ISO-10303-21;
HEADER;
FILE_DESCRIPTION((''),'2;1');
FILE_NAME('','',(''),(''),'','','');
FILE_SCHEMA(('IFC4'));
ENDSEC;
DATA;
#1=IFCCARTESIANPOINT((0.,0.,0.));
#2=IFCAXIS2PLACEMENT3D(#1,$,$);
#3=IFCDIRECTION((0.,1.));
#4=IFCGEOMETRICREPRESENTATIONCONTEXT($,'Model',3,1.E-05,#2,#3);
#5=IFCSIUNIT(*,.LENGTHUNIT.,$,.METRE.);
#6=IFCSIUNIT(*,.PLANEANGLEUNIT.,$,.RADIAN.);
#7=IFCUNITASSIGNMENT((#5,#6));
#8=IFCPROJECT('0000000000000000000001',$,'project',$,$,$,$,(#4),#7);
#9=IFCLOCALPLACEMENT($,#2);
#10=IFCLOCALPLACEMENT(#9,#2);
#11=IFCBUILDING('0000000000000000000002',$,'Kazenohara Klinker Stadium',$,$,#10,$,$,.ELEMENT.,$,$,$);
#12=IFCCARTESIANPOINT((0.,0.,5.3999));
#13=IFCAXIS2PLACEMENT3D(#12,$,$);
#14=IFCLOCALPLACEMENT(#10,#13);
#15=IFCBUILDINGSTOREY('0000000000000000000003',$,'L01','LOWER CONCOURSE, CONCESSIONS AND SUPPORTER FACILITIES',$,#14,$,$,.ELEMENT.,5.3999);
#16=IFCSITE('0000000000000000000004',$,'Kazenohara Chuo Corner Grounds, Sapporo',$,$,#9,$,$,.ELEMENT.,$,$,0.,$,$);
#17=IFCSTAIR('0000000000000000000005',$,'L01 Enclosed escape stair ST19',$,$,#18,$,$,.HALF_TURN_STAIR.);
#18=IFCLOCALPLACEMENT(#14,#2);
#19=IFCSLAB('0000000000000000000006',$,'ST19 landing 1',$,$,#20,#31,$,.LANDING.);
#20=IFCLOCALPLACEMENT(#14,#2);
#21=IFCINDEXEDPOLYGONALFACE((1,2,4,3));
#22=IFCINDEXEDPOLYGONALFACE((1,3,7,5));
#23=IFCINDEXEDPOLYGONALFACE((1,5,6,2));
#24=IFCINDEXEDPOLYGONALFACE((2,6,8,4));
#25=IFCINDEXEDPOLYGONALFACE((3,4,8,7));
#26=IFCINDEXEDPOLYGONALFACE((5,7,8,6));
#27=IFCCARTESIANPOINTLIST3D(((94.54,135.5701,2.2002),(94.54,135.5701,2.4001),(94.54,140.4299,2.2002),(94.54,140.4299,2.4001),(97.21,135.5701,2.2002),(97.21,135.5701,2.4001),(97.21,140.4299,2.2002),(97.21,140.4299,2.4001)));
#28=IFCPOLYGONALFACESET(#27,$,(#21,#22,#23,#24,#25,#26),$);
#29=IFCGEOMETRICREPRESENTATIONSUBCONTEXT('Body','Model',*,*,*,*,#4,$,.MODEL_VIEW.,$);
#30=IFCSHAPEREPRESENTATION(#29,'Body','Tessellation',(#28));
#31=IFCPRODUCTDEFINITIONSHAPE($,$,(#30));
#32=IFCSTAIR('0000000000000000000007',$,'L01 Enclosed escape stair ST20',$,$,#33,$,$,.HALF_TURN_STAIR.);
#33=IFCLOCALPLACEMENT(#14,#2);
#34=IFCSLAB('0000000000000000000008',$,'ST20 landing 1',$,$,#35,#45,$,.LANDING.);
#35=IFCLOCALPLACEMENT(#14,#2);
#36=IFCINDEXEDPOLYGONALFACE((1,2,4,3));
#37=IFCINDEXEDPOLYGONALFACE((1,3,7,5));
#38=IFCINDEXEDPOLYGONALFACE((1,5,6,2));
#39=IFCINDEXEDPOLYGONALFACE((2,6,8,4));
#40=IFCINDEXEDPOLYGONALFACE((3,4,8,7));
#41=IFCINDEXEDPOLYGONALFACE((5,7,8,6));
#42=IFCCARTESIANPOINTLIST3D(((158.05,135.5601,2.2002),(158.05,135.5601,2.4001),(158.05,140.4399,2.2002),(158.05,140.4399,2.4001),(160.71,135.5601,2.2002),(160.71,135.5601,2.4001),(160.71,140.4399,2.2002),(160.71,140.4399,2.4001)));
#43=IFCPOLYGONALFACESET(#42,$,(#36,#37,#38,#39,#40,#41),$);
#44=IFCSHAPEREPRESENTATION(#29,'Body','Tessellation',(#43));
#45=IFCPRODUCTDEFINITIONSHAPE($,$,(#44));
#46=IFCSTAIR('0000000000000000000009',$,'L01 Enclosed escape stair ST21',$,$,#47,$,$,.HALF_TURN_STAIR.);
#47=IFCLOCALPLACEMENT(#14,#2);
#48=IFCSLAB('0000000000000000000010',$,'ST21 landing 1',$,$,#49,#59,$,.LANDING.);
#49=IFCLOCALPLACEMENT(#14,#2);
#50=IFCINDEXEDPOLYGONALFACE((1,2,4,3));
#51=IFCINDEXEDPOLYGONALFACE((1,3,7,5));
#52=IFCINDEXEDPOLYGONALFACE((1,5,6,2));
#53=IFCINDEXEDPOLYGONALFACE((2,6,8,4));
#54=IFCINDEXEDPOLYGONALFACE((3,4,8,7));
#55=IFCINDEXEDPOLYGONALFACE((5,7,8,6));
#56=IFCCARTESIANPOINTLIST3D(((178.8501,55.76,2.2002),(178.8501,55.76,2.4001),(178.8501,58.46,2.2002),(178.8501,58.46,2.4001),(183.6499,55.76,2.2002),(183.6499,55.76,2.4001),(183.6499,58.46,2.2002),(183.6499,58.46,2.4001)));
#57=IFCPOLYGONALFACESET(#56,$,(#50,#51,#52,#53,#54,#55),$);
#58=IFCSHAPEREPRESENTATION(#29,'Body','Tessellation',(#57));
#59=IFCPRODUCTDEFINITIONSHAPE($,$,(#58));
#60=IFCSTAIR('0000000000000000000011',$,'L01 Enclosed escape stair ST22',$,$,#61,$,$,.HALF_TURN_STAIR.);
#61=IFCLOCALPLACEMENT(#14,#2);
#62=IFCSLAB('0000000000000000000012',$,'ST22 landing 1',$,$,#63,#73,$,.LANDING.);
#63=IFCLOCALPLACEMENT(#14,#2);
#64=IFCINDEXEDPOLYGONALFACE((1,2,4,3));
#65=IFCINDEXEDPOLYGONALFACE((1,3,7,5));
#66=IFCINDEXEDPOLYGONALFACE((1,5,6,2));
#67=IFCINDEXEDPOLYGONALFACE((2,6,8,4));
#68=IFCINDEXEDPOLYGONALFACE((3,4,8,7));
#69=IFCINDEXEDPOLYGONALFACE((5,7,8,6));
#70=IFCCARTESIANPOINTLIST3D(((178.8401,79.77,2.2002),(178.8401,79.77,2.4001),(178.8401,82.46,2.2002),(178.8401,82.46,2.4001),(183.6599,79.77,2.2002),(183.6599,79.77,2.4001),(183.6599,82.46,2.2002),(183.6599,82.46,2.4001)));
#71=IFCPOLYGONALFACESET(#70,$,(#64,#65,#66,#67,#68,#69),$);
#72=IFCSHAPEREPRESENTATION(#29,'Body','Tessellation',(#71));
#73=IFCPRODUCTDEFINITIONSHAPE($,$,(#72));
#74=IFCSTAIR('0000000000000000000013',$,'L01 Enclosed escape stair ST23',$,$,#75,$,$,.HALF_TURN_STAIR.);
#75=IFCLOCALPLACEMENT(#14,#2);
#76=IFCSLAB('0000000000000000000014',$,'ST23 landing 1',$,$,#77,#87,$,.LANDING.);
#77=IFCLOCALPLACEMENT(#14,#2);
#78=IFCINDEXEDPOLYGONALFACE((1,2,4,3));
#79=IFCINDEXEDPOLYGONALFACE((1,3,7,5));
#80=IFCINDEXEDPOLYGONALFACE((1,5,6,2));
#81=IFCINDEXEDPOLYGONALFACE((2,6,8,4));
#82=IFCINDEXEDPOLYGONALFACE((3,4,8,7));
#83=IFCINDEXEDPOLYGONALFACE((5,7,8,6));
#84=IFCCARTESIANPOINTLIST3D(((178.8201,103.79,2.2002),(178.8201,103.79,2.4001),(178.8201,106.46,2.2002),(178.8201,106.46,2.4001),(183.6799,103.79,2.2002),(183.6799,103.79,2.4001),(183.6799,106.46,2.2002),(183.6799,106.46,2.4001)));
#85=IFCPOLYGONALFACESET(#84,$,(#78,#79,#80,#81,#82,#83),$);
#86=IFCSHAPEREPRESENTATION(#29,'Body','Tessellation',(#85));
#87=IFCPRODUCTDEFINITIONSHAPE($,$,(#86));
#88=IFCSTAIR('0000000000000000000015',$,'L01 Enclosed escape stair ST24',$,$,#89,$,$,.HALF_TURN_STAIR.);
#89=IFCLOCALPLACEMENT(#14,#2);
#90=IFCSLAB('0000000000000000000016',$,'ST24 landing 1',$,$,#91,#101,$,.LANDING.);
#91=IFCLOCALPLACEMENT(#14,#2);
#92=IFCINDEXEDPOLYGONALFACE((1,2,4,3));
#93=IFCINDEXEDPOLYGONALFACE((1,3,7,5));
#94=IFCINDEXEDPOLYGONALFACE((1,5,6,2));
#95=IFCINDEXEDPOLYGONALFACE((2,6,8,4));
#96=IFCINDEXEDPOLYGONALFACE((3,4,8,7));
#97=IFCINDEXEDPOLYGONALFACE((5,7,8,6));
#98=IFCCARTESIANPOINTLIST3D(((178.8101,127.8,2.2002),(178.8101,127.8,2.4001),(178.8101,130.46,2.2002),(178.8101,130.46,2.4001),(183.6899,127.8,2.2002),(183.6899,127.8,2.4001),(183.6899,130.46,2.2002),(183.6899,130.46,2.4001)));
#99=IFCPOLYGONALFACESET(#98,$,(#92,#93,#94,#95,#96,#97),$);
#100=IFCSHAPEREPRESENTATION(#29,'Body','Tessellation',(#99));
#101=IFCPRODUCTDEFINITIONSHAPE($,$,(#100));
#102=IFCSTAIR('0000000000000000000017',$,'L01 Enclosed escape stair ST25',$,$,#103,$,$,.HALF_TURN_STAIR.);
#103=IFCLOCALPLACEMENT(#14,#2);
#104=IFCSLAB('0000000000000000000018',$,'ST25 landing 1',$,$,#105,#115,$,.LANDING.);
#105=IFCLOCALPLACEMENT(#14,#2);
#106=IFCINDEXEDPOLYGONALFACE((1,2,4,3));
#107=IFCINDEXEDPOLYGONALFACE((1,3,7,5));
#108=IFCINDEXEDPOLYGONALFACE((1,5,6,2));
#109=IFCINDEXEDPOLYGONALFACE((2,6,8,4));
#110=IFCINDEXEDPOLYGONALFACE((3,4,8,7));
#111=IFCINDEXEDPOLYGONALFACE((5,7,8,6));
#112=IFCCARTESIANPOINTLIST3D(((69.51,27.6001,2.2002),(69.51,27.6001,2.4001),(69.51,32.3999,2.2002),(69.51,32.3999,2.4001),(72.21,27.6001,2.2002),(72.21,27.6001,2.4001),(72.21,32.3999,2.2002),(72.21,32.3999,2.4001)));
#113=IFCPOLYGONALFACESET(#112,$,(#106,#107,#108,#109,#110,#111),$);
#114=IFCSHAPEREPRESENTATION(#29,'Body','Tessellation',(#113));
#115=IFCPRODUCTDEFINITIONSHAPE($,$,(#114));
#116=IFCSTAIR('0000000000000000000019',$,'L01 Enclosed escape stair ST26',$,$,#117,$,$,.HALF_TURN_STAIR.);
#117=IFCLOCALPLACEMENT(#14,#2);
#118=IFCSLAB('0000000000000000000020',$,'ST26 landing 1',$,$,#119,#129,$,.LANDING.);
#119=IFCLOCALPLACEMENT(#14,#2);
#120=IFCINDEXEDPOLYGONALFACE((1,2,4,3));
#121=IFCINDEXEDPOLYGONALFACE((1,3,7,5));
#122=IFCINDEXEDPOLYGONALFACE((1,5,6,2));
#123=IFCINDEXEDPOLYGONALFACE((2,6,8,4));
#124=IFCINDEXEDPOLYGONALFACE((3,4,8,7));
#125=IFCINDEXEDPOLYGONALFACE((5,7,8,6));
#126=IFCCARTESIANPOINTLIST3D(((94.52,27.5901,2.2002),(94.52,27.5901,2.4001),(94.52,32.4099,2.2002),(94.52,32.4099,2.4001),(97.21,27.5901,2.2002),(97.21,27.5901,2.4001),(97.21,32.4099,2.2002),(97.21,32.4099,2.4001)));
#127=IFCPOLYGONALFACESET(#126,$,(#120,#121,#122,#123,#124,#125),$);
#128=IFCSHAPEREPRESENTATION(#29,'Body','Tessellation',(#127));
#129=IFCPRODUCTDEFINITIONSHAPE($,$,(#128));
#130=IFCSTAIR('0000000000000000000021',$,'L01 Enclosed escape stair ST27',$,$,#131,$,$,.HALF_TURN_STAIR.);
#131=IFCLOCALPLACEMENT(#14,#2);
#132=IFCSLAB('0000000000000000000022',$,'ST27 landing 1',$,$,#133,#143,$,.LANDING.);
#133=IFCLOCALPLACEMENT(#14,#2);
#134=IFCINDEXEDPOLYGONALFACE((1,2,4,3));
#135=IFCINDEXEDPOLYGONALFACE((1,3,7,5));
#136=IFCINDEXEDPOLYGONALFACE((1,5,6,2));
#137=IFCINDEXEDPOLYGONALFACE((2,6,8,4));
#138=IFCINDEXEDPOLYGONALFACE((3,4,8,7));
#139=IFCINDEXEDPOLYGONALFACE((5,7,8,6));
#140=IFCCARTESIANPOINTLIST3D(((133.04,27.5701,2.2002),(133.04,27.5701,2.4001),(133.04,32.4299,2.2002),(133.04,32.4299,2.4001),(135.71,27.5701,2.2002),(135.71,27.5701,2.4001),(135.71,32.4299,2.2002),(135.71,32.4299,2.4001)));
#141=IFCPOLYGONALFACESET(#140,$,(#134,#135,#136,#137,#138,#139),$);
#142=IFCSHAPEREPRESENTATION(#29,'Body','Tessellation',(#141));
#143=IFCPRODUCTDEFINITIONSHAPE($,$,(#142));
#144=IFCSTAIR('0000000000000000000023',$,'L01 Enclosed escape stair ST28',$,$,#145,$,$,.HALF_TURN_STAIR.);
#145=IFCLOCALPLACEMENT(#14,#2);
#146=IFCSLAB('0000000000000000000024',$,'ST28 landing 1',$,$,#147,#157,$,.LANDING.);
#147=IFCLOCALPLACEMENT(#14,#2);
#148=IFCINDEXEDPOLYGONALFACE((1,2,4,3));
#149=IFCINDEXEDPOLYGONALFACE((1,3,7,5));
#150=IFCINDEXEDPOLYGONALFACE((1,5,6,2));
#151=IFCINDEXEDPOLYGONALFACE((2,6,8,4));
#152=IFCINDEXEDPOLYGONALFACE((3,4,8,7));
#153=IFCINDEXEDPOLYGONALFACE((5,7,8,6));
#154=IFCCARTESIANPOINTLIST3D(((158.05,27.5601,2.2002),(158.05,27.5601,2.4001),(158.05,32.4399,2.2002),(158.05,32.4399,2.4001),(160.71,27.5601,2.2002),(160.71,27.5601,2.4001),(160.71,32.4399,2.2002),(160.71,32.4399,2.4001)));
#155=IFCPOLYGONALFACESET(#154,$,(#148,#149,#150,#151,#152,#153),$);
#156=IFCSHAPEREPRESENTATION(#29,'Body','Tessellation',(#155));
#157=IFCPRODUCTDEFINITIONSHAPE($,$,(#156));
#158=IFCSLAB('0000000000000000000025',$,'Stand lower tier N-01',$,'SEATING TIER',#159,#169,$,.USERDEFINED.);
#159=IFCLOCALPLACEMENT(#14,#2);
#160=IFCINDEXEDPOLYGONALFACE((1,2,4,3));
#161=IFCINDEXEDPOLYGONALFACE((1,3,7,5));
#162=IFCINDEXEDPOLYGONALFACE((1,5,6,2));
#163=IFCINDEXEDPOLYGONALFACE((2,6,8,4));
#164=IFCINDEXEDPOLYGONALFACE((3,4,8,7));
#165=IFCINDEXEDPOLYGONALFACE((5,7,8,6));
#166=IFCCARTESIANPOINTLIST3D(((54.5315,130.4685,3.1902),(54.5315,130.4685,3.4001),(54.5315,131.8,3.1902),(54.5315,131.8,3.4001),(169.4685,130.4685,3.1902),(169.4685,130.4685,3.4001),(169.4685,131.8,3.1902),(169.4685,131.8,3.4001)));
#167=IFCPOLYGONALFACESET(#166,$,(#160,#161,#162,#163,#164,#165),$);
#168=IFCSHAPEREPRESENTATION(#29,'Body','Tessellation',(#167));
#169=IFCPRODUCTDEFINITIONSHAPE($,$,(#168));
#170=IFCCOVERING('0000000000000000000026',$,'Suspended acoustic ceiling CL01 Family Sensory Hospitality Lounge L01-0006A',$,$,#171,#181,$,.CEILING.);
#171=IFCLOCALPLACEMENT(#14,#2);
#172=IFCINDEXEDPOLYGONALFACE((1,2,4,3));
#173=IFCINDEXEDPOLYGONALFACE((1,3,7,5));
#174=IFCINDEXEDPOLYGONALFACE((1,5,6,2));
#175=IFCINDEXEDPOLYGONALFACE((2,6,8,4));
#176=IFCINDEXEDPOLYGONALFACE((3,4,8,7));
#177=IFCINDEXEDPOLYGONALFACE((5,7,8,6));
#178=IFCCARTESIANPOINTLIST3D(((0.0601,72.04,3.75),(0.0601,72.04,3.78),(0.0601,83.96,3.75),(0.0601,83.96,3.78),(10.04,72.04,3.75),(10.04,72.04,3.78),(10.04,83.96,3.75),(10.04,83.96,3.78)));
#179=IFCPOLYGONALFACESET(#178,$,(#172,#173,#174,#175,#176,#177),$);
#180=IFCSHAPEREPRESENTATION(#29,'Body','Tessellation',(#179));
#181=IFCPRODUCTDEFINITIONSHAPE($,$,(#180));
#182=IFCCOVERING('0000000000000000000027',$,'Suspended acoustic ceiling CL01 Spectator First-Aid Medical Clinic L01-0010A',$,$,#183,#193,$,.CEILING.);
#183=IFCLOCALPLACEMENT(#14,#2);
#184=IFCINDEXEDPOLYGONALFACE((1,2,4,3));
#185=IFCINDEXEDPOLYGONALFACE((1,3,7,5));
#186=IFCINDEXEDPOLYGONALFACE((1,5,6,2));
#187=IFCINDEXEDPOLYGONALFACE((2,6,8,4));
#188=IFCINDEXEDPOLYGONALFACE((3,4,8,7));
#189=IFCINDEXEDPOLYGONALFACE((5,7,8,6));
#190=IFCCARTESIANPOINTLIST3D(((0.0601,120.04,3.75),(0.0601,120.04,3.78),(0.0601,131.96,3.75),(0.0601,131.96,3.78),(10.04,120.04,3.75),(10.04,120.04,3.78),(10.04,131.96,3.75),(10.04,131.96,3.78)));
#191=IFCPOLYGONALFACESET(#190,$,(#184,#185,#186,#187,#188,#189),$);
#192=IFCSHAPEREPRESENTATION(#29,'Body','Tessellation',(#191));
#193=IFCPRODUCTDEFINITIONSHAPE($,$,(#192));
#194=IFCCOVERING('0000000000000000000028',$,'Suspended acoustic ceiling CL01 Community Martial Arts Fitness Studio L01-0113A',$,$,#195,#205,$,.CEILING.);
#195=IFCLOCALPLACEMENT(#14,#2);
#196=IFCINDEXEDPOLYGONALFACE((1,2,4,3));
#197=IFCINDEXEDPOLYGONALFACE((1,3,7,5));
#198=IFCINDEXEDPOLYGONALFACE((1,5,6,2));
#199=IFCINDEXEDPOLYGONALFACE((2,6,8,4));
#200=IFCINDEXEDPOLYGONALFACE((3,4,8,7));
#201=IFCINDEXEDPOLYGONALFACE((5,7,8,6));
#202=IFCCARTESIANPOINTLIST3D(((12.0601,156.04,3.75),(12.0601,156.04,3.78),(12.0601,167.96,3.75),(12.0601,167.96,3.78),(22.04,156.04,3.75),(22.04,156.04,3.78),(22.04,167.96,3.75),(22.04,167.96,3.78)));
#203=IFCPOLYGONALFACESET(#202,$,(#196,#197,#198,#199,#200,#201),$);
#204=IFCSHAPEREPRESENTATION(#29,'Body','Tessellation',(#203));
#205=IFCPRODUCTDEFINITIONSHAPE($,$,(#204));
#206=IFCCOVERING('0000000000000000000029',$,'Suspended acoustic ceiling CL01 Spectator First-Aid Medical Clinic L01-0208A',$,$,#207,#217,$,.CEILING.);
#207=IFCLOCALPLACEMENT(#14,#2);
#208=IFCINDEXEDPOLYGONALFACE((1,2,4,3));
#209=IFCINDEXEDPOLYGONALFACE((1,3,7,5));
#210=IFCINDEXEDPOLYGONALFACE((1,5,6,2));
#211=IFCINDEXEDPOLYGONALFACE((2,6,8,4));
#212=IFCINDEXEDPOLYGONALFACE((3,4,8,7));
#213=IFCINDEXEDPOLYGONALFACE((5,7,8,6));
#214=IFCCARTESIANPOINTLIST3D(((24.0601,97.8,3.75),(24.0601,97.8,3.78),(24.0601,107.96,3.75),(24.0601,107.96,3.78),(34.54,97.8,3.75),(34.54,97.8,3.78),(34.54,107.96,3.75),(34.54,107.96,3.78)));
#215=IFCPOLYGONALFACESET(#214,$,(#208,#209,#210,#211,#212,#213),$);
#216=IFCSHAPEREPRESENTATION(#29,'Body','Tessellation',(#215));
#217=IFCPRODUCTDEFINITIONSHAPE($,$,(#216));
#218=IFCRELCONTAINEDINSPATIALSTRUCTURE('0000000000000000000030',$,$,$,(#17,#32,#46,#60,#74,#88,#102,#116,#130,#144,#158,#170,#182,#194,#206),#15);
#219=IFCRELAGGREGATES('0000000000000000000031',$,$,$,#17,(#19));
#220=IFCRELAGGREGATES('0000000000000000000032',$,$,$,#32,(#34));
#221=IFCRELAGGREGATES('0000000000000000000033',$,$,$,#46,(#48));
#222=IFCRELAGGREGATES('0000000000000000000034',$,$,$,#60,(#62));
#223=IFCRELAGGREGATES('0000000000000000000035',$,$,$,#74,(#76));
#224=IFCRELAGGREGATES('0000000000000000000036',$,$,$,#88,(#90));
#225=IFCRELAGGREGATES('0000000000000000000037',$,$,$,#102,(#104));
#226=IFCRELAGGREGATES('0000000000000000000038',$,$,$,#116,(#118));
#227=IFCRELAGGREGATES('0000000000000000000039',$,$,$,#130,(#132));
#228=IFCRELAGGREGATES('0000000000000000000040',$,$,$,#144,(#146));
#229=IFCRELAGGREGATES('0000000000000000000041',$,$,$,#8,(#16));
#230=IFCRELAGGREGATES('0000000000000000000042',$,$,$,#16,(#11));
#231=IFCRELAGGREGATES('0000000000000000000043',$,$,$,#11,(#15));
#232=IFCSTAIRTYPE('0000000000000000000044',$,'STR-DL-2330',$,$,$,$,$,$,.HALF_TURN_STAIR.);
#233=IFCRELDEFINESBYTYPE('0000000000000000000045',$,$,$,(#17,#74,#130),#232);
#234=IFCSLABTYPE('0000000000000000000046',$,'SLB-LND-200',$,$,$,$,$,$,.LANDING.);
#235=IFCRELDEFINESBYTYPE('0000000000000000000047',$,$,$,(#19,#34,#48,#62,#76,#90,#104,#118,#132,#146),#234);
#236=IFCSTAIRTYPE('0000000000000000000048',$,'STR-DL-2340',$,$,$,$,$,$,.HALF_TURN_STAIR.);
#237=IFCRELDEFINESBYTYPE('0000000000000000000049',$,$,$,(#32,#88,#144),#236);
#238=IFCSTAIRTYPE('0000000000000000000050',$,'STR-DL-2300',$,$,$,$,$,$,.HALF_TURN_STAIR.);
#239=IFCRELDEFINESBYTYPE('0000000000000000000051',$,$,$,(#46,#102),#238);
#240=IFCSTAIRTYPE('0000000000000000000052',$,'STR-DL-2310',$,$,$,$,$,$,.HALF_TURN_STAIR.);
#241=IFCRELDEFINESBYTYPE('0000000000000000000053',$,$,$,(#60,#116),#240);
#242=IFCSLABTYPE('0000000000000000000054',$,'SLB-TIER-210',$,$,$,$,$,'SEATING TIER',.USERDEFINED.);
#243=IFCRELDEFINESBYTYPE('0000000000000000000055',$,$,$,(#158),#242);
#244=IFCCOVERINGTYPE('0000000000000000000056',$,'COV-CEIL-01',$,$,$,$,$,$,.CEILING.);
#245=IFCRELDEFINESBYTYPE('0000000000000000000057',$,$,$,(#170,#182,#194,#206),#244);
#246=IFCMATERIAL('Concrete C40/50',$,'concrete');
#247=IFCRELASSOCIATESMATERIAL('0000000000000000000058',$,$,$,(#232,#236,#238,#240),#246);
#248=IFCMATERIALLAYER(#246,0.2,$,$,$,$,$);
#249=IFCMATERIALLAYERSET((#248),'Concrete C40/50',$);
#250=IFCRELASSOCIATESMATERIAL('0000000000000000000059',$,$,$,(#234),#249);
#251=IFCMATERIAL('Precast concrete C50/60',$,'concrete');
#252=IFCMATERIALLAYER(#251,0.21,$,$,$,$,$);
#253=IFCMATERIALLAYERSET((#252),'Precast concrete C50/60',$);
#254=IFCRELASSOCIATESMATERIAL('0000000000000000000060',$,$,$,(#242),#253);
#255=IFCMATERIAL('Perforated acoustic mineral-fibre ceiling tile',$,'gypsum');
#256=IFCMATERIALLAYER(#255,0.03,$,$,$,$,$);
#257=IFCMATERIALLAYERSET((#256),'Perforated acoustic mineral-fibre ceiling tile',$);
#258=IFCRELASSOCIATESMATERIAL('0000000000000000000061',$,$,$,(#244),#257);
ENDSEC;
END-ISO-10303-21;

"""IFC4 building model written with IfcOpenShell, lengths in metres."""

from ifc_helpers import new_model, si_unit, direction, frame, origin, place, context, subcontext, project, spatial, polyline, outline, extrude, material, layer, layer_set, type_object, element, aggregate, save


model = new_model("IFC4")

# Units and contexts
model_context = context("Model", 3, precision=1e-05, world=origin(), true_north=direction((0.0, 1.0)))
body_context = subcontext(model_context, "Body", "Model", "MODEL_VIEW")
ifc_project = project(units=[si_unit("LENGTHUNIT", "METRE"), si_unit("PLANEANGLEUNIT", "RADIAN")], contexts=[model_context])

# Site, building, storey
site_placement = place(None, origin())
site = spatial("IfcSite", under=ifc_project, at=site_placement, Name="Kazenohara Chuo Corner Grounds, Sapporo", CompositionType="ELEMENT", RefElevation=0.0)
building_placement = place(site_placement, origin())
building = spatial("IfcBuilding", under=site, at=building_placement, Name="Kazenohara Klinker Stadium", CompositionType="ELEMENT")
storey_placement = place(building_placement, frame((0.0, 0.0, 5.3999)))
storey = spatial("IfcBuildingStorey", under=building, at=storey_placement, Name="L01", Description="LOWER CONCOURSE, CONCESSIONS AND SUPPORTER FACILITIES", CompositionType="ELEMENT", Elevation=5.3999)

# Stairs, slabs
ifc_material_1 = material(Name="Concrete C40/50", Category="concrete")
stair_type_1 = type_object("IfcStairType", Name="STR-DL-2330", PredefinedType="HALF_TURN_STAIR", material=ifc_material_1)
stair_1_placement = place(storey_placement, origin())
stair_1 = element("IfcStair", 1, at=stair_1_placement, inside=storey, type_object=stair_type_1, Name="L01 Enclosed escape stair ST19", PredefinedType="HALF_TURN_STAIR")
ifc_layer_1 = layer(ifc_material_1, 0.2)
ifc_layer_set_1 = layer_set([ifc_layer_1], Name="Concrete C40/50")
slab_type_1 = type_object("IfcSlabType", Name="SLB-LND-200", PredefinedType="LANDING", material=ifc_layer_set_1)
slab_1_placement = place(storey_placement, frame((0.0, 0.0, 2.2002)))
slab_1 = element("IfcSlab", 2, at=slab_1_placement, type_object=slab_type_1, Name="ST19 landing 1", PredefinedType="LANDING", context=body_context, shape_type="SweptSolid", body=[
    extrude(outline(polyline([(94.54, 135.5701), (97.21, 135.5701), (97.21, 140.4299), (94.54, 140.4299), (94.54, 135.5701)])), origin(), (0.0, 0.0, 1.0), 0.2),
])
aggregate(stair_1, [slab_1])
stair_type_2 = type_object("IfcStairType", Name="STR-DL-2340", PredefinedType="HALF_TURN_STAIR", material=ifc_material_1)
stair_2_placement = place(storey_placement, origin())
stair_2 = element("IfcStair", 3, at=stair_2_placement, inside=storey, type_object=stair_type_2, Name="L01 Enclosed escape stair ST20", PredefinedType="HALF_TURN_STAIR")
slab_2_placement = place(storey_placement, frame((0.0, 0.0, 2.2002)))
slab_2 = element("IfcSlab", 4, at=slab_2_placement, type_object=slab_type_1, Name="ST20 landing 1", PredefinedType="LANDING", context=body_context, shape_type="SweptSolid", body=[
    extrude(outline(polyline([(158.05, 135.5601), (160.71, 135.5601), (160.71, 140.4399), (158.05, 140.4399), (158.05, 135.5601)])), origin(), (0.0, 0.0, 1.0), 0.2),
])
aggregate(stair_2, [slab_2])
stair_type_3 = type_object("IfcStairType", Name="STR-DL-2300", PredefinedType="HALF_TURN_STAIR", material=ifc_material_1)
stair_3_placement = place(storey_placement, origin())
stair_3 = element("IfcStair", 5, at=stair_3_placement, inside=storey, type_object=stair_type_3, Name="L01 Enclosed escape stair ST21", PredefinedType="HALF_TURN_STAIR")
slab_3_placement = place(storey_placement, frame((0.0, 0.0, 2.2002)))
slab_3 = element("IfcSlab", 6, at=slab_3_placement, type_object=slab_type_1, Name="ST21 landing 1", PredefinedType="LANDING", context=body_context, shape_type="SweptSolid", body=[
    extrude(outline(polyline([(183.6499, 55.76), (183.6499, 58.46), (178.8501, 58.46), (178.8501, 55.76), (183.6499, 55.76)])), origin(), (0.0, 0.0, 1.0), 0.2),
])
aggregate(stair_3, [slab_3])
stair_type_4 = type_object("IfcStairType", Name="STR-DL-2310", PredefinedType="HALF_TURN_STAIR", material=ifc_material_1)
stair_4_placement = place(storey_placement, origin())
stair_4 = element("IfcStair", 7, at=stair_4_placement, inside=storey, type_object=stair_type_4, Name="L01 Enclosed escape stair ST22", PredefinedType="HALF_TURN_STAIR")
slab_4_placement = place(storey_placement, frame((0.0, 0.0, 2.2002)))
slab_4 = element("IfcSlab", 8, at=slab_4_placement, type_object=slab_type_1, Name="ST22 landing 1", PredefinedType="LANDING", context=body_context, shape_type="SweptSolid", body=[
    extrude(outline(polyline([(183.6599, 79.77), (183.6599, 82.46), (178.8401, 82.46), (178.8401, 79.77), (183.6599, 79.77)])), origin(), (0.0, 0.0, 1.0), 0.2),
])
aggregate(stair_4, [slab_4])
stair_5_placement = place(storey_placement, origin())
stair_5 = element("IfcStair", 9, at=stair_5_placement, inside=storey, type_object=stair_type_1, Name="L01 Enclosed escape stair ST23", PredefinedType="HALF_TURN_STAIR")
slab_5_placement = place(storey_placement, frame((0.0, 0.0, 2.2002)))
slab_5 = element("IfcSlab", 10, at=slab_5_placement, type_object=slab_type_1, Name="ST23 landing 1", PredefinedType="LANDING", context=body_context, shape_type="SweptSolid", body=[
    extrude(outline(polyline([(183.6799, 103.79), (183.6799, 106.46), (178.8201, 106.46), (178.8201, 103.79), (183.6799, 103.79)])), origin(), (0.0, 0.0, 1.0), 0.2),
])
aggregate(stair_5, [slab_5])
stair_6_placement = place(storey_placement, origin())
stair_6 = element("IfcStair", 11, at=stair_6_placement, inside=storey, type_object=stair_type_2, Name="L01 Enclosed escape stair ST24", PredefinedType="HALF_TURN_STAIR")
slab_6_placement = place(storey_placement, frame((0.0, 0.0, 2.2002)))
slab_6 = element("IfcSlab", 12, at=slab_6_placement, type_object=slab_type_1, Name="ST24 landing 1", PredefinedType="LANDING", context=body_context, shape_type="SweptSolid", body=[
    extrude(outline(polyline([(183.6899, 127.8), (183.6899, 130.46), (178.8101, 130.46), (178.8101, 127.8), (183.6899, 127.8)])), origin(), (0.0, 0.0, 1.0), 0.2),
])
aggregate(stair_6, [slab_6])
stair_7_placement = place(storey_placement, origin())
stair_7 = element("IfcStair", 13, at=stair_7_placement, inside=storey, type_object=stair_type_3, Name="L01 Enclosed escape stair ST25", PredefinedType="HALF_TURN_STAIR")
slab_7_placement = place(storey_placement, frame((0.0, 0.0, 2.2002)))
slab_7 = element("IfcSlab", 14, at=slab_7_placement, type_object=slab_type_1, Name="ST25 landing 1", PredefinedType="LANDING", context=body_context, shape_type="SweptSolid", body=[
    extrude(outline(polyline([(69.51, 27.6001), (72.21, 27.6001), (72.21, 32.3999), (69.51, 32.3999), (69.51, 27.6001)])), origin(), (0.0, 0.0, 1.0), 0.2),
])
aggregate(stair_7, [slab_7])
stair_8_placement = place(storey_placement, origin())
stair_8 = element("IfcStair", 15, at=stair_8_placement, inside=storey, type_object=stair_type_4, Name="L01 Enclosed escape stair ST26", PredefinedType="HALF_TURN_STAIR")
slab_8_placement = place(storey_placement, frame((0.0, 0.0, 2.2002)))
slab_8 = element("IfcSlab", 16, at=slab_8_placement, type_object=slab_type_1, Name="ST26 landing 1", PredefinedType="LANDING", context=body_context, shape_type="SweptSolid", body=[
    extrude(outline(polyline([(94.52, 27.5901), (97.21, 27.5901), (97.21, 32.4099), (94.52, 32.4099), (94.52, 27.5901)])), origin(), (0.0, 0.0, 1.0), 0.2),
])
aggregate(stair_8, [slab_8])
stair_9_placement = place(storey_placement, origin())
stair_9 = element("IfcStair", 17, at=stair_9_placement, inside=storey, type_object=stair_type_1, Name="L01 Enclosed escape stair ST27", PredefinedType="HALF_TURN_STAIR")
slab_9_placement = place(storey_placement, frame((0.0, 0.0, 2.2002)))
slab_9 = element("IfcSlab", 18, at=slab_9_placement, type_object=slab_type_1, Name="ST27 landing 1", PredefinedType="LANDING", context=body_context, shape_type="SweptSolid", body=[
    extrude(outline(polyline([(133.04, 27.5701), (135.71, 27.5701), (135.71, 32.4299), (133.04, 32.4299), (133.04, 27.5701)])), origin(), (0.0, 0.0, 1.0), 0.2),
])
aggregate(stair_9, [slab_9])
stair_10_placement = place(storey_placement, origin())
stair_10 = element("IfcStair", 19, at=stair_10_placement, inside=storey, type_object=stair_type_2, Name="L01 Enclosed escape stair ST28", PredefinedType="HALF_TURN_STAIR")
slab_10_placement = place(storey_placement, frame((0.0, 0.0, 2.2002)))
slab_10 = element("IfcSlab", 20, at=slab_10_placement, type_object=slab_type_1, Name="ST28 landing 1", PredefinedType="LANDING", context=body_context, shape_type="SweptSolid", body=[
    extrude(outline(polyline([(158.05, 27.5601), (160.71, 27.5601), (160.71, 32.4399), (158.05, 32.4399), (158.05, 27.5601)])), origin(), (0.0, 0.0, 1.0), 0.2),
])
aggregate(stair_10, [slab_10])

# Slab
ifc_material_2 = material(Name="Precast concrete C50/60", Category="concrete")
ifc_layer_2 = layer(ifc_material_2, 0.21)
ifc_layer_set_2 = layer_set([ifc_layer_2], Name="Precast concrete C50/60")
slab_type_2 = type_object("IfcSlabType", Name="SLB-TIER-210", ElementType="SEATING TIER", PredefinedType="USERDEFINED", material=ifc_layer_set_2)
slab_11_placement = place(storey_placement, frame((0.0, 0.0, 3.1902)))
element("IfcSlab", 21, at=slab_11_placement, inside=storey, type_object=slab_type_2, Name="Stand lower tier N-01", ObjectType="SEATING TIER", PredefinedType="USERDEFINED", context=body_context, shape_type="SweptSolid", body=[
    extrude(outline(polyline([(54.5315, 130.4685), (169.4685, 130.4685), (169.4685, 131.8), (54.5315, 131.8), (54.5315, 130.4685)])), origin(), (0.0, 0.0, 1.0), 0.21),
])

# Coverings
ifc_material_3 = material(Name="Perforated acoustic mineral-fibre ceiling tile", Category="gypsum")
ifc_layer_3 = layer(ifc_material_3, 0.03)
ifc_layer_set_3 = layer_set([ifc_layer_3], Name="Perforated acoustic mineral-fibre ceiling tile")
covering_type_1 = type_object("IfcCoveringType", Name="COV-CEIL-01", PredefinedType="CEILING", material=ifc_layer_set_3)
covering_1_placement = place(storey_placement, frame((0.0, 0.0, 3.75)))
element("IfcCovering", 22, at=covering_1_placement, inside=storey, type_object=covering_type_1, Name="Suspended acoustic ceiling CL01 Family Sensory Hospitality Lounge L01-0006A", PredefinedType="CEILING", context=body_context, shape_type="SweptSolid", body=[
    extrude(outline(polyline([(0.0601, 72.04), (10.04, 72.04), (10.04, 83.96), (0.0601, 83.96), (0.0601, 72.04)])), origin(), (0.0, 0.0, 1.0), 0.03),
])
covering_2_placement = place(storey_placement, frame((0.0, 0.0, 3.75)))
element("IfcCovering", 23, at=covering_2_placement, inside=storey, type_object=covering_type_1, Name="Suspended acoustic ceiling CL01 Spectator First-Aid Medical Clinic L01-0010A", PredefinedType="CEILING", context=body_context, shape_type="SweptSolid", body=[
    extrude(outline(polyline([(0.0601, 120.04), (10.04, 120.04), (10.04, 131.96), (0.0601, 131.96), (0.0601, 120.04)])), origin(), (0.0, 0.0, 1.0), 0.03),
])
covering_3_placement = place(storey_placement, frame((0.0, 0.0, 3.75)))
element("IfcCovering", 24, at=covering_3_placement, inside=storey, type_object=covering_type_1, Name="Suspended acoustic ceiling CL01 Community Martial Arts Fitness Studio L01-0113A", PredefinedType="CEILING", context=body_context, shape_type="SweptSolid", body=[
    extrude(outline(polyline([(12.0601, 156.04), (22.04, 156.04), (22.04, 167.96), (12.0601, 167.96), (12.0601, 156.04)])), origin(), (0.0, 0.0, 1.0), 0.03),
])
covering_4_placement = place(storey_placement, frame((0.0, 0.0, 3.75)))
element("IfcCovering", 25, at=covering_4_placement, inside=storey, type_object=covering_type_1, Name="Suspended acoustic ceiling CL01 Spectator First-Aid Medical Clinic L01-0208A", PredefinedType="CEILING", context=body_context, shape_type="SweptSolid", body=[
    extrude(outline(polyline([(24.0601, 97.8), (34.54, 97.8), (34.54, 107.96), (24.0601, 107.96), (24.0601, 97.8)])), origin(), (0.0, 0.0, 1.0), 0.03),
])

save(model, "model.ifc")
